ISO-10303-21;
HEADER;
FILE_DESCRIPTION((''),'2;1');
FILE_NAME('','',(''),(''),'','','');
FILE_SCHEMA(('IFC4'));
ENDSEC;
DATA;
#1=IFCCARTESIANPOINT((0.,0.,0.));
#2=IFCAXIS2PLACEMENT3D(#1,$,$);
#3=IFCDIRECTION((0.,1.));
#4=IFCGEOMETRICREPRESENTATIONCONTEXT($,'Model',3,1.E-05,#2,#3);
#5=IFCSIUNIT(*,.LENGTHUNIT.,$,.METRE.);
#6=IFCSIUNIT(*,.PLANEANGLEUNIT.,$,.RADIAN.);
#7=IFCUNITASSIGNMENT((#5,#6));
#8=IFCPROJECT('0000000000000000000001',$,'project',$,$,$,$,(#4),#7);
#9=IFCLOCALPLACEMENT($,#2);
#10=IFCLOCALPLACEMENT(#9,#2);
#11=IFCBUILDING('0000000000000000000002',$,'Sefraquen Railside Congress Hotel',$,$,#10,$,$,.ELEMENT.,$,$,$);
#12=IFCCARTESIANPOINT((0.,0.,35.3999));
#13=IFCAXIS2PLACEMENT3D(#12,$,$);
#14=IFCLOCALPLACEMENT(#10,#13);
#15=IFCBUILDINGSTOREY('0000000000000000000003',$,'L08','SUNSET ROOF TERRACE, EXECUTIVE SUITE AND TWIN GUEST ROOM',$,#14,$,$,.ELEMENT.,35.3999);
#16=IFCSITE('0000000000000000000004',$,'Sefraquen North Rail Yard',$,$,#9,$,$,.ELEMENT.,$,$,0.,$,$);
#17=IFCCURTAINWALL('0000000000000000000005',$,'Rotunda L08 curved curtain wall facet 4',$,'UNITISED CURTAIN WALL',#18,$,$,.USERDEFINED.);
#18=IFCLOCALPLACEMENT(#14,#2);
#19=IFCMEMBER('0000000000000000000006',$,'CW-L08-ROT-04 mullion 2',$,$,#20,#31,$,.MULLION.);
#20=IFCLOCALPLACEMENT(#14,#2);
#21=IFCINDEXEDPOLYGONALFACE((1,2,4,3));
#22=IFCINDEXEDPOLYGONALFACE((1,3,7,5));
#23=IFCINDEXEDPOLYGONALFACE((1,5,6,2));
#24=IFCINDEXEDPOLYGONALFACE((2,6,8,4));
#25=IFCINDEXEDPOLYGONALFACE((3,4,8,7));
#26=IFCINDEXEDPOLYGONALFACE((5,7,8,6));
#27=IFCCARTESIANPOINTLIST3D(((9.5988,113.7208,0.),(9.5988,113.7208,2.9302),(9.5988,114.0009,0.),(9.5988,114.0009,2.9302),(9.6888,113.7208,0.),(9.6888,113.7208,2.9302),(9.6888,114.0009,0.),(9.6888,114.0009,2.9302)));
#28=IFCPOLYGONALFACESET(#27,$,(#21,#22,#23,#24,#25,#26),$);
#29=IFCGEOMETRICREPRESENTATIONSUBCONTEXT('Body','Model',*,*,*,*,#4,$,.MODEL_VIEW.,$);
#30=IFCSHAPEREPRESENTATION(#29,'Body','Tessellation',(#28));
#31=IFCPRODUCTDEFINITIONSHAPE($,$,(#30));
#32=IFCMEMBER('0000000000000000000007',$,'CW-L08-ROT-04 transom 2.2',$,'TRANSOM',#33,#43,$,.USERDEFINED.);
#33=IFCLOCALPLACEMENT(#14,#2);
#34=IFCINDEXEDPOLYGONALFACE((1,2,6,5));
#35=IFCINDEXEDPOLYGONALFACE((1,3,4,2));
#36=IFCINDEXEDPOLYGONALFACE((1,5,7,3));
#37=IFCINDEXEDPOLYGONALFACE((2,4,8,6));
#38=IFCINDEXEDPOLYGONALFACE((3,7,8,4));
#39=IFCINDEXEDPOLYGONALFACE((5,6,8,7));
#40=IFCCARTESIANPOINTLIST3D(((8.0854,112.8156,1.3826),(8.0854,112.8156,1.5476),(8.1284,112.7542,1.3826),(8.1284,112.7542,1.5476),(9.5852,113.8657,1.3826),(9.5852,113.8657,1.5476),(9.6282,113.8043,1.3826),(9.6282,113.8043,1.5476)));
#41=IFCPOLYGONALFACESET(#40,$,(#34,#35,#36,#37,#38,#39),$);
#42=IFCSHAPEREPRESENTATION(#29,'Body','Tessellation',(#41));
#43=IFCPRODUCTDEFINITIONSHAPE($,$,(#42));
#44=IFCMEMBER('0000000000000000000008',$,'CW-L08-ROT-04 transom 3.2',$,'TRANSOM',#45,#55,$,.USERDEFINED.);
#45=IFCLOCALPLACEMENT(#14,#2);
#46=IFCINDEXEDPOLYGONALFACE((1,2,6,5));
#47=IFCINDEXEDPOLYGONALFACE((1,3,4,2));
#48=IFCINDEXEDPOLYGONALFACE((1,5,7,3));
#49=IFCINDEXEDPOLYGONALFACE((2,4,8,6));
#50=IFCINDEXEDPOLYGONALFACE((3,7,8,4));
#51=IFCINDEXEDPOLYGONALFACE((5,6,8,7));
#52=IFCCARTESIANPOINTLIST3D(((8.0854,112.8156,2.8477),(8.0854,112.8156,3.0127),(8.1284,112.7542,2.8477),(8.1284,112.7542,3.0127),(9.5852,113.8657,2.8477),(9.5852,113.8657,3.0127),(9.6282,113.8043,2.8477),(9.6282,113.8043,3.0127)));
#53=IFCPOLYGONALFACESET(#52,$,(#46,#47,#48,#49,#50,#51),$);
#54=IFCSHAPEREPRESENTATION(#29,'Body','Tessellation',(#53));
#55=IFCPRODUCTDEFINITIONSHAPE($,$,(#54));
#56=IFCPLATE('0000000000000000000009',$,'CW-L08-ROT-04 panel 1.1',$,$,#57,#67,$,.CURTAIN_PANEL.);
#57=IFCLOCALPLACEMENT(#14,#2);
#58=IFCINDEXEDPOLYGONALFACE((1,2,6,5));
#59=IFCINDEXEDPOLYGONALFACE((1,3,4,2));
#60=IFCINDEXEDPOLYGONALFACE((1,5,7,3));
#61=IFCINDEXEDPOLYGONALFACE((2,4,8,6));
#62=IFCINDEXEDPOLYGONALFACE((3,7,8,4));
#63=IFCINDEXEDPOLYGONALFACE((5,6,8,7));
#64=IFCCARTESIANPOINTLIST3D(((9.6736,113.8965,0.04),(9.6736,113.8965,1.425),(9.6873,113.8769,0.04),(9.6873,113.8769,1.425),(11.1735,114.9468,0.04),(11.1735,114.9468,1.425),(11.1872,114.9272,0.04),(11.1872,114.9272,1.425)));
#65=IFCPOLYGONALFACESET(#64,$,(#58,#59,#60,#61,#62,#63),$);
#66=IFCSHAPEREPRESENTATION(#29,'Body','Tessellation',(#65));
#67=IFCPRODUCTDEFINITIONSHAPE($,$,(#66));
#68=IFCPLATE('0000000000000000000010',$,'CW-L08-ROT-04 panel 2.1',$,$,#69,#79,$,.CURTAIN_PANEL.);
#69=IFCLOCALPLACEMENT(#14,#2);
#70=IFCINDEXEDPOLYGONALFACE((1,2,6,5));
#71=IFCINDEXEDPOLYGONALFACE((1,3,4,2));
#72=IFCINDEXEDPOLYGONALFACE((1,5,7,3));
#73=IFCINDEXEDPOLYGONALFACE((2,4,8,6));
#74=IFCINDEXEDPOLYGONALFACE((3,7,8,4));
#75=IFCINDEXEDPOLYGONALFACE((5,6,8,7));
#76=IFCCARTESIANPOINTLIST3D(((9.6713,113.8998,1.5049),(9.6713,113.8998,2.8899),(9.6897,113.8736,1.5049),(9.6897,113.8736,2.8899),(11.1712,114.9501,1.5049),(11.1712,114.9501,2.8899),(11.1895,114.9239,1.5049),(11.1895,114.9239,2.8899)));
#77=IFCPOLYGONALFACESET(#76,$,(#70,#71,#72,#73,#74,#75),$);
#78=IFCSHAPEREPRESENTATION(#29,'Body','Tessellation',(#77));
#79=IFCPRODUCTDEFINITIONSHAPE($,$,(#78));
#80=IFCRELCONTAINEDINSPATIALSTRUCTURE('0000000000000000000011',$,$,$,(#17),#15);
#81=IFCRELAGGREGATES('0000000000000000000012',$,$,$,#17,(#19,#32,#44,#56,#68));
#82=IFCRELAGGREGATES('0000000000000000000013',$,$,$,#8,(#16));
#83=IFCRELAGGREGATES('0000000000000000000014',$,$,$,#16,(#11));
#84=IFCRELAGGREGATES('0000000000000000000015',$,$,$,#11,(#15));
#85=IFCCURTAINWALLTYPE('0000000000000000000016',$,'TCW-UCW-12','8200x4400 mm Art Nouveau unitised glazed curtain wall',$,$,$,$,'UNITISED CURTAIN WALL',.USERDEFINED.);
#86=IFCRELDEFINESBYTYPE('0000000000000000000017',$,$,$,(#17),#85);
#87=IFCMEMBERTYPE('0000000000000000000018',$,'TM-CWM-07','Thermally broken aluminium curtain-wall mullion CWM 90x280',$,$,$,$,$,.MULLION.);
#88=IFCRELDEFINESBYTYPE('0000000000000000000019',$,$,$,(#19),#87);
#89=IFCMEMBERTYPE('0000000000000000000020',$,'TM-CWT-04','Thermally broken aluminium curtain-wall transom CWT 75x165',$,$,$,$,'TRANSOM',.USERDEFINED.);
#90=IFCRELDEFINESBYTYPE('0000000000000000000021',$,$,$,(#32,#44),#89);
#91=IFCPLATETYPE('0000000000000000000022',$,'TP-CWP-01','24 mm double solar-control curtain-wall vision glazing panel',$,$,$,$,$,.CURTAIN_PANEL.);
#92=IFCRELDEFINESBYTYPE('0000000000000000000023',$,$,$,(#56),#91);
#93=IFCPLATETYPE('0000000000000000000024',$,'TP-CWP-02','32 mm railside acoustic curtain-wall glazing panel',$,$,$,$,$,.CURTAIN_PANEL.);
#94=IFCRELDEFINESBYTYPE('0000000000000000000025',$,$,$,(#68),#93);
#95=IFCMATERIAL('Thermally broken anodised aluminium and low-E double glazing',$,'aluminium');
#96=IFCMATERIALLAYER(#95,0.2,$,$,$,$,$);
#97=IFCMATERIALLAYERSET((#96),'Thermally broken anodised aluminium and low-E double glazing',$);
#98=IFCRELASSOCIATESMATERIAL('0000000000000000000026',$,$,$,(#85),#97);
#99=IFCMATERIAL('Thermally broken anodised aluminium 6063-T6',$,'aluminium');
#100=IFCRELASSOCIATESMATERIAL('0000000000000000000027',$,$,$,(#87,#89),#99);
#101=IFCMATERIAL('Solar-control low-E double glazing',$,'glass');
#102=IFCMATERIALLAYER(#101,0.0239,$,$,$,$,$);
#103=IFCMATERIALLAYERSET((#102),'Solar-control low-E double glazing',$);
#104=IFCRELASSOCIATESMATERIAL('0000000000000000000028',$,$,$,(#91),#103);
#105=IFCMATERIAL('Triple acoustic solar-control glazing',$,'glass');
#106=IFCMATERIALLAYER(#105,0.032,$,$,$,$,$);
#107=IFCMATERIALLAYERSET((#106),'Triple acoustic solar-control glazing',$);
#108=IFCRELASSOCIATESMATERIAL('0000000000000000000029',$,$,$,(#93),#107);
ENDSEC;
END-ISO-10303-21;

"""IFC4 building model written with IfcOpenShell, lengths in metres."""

from ifc_helpers import new_model, si_unit, direction, frame, origin, origin_2d, place, context, subcontext, project, spatial, rectangle, extrude, material, layer, layer_set, material_profile, profile_set, type_object, element, aggregate, save


model = new_model("IFC4")

# Units and contexts
model_context = context("Model", 3, precision=1e-05, world=origin(), true_north=direction((0.0, 1.0)))
body_context = subcontext(model_context, "Body", "Model", "MODEL_VIEW")
ifc_project = project(units=[si_unit("LENGTHUNIT", "METRE"), si_unit("PLANEANGLEUNIT", "RADIAN")], contexts=[model_context])

# Site, building, storey
site_placement = place(None, origin())
site = spatial("IfcSite", under=ifc_project, at=site_placement, Name="Sefraquen North Rail Yard", CompositionType="ELEMENT", RefElevation=0.0)
building_placement = place(site_placement, origin())
building = spatial("IfcBuilding", under=site, at=building_placement, Name="Sefraquen Railside Congress Hotel", CompositionType="ELEMENT")
storey_placement = place(building_placement, frame((0.0, 0.0, 35.3999)))
storey = spatial("IfcBuildingStorey", under=building, at=storey_placement, Name="L08", Description="SUNSET ROOF TERRACE, EXECUTIVE SUITE AND TWIN GUEST ROOM", CompositionType="ELEMENT", Elevation=35.3999)

# Curtain wall, members, plates
ifc_material_1 = material(Name="Thermally broken anodised aluminium and low-E double glazing", Category="aluminium")
ifc_layer_1 = layer(ifc_material_1, 0.2)
ifc_layer_set_1 = layer_set([ifc_layer_1], Name="Thermally broken anodised aluminium and low-E double glazing")
curtain_wall_type = type_object("IfcCurtainWallType", Name="TCW-UCW-12", Description="8200x4400 mm Art Nouveau unitised glazed curtain wall", ElementType="UNITISED CURTAIN WALL", PredefinedType="USERDEFINED", material=ifc_layer_set_1)
curtain_wall_placement = place(storey_placement, origin())
curtain_wall = element("IfcCurtainWall", 1, at=curtain_wall_placement, inside=storey, type_object=curtain_wall_type, Name="Rotunda L08 curved curtain wall facet 4", ObjectType="UNITISED CURTAIN WALL", PredefinedType="USERDEFINED")
ifc_material_2 = material(Name="Thermally broken anodised aluminium 6063-T6", Category="aluminium")
ifc_material_profile_1 = material_profile(ifc_material_2, rectangle(XDim=0.0901, YDim=0.28, at=origin_2d()), Name="CWM 90x280")
ifc_profile_set_1 = profile_set([ifc_material_profile_1], Name="Thermally broken anodised aluminium 6063-T6")
member_type_1 = type_object("IfcMemberType", Name="TM-CWM-07", Description="Thermally broken aluminium curtain-wall mullion CWM 90x280", PredefinedType="MULLION", material=ifc_profile_set_1)
member_1_placement = place(storey_placement, frame((9.6438, 113.8608, 0.0), z_axis=(0.0, 0.0, 1.0), x_axis=(1.0, 0.0, 0.0)))
member_1 = element("IfcMember", 2, at=member_1_placement, type_object=member_type_1, Name="CW-L08-ROT-04 mullion 2", PredefinedType="MULLION", context=body_context, shape_type="SweptSolid", body=[
    extrude(rectangle(XDim=0.0901, YDim=0.28, at=origin_2d()), origin(), (0.0, 0.0, 1.0), 2.9302),
])
ifc_material_profile_2 = material_profile(ifc_material_2, rectangle(XDim=0.075, YDim=0.165, at=origin_2d()), Name="CWT 75x165")
ifc_profile_set_2 = profile_set([ifc_material_profile_2], Name="Thermally broken anodised aluminium 6063-T6")
member_type_2 = type_object("IfcMemberType", Name="TM-CWT-04", Description="Thermally broken aluminium curtain-wall transom CWT 75x165", ElementType="TRANSOM", PredefinedType="USERDEFINED", material=ifc_profile_set_2)
member_2_placement = place(storey_placement, frame((9.6067, 113.835, 1.4651), z_axis=(-0.819176, -0.573543, 0.0), x_axis=(0.573543, -0.819176, 0.0)))
member_2 = element("IfcMember", 3, at=member_2_placement, type_object=member_type_2, Name="CW-L08-ROT-04 transom 2.2", ObjectType="TRANSOM", PredefinedType="USERDEFINED", context=body_context, shape_type="SweptSolid", body=[
    extrude(rectangle(XDim=0.075, YDim=0.165, at=origin_2d()), origin(), (0.0, 0.0, 1.0), 1.8308),
])
member_3_placement = place(storey_placement, frame((9.6067, 113.835, 2.9302), z_axis=(-0.819176, -0.573543, 0.0), x_axis=(0.573543, -0.819176, 0.0)))
member_3 = element("IfcMember", 4, at=member_3_placement, type_object=member_type_2, Name="CW-L08-ROT-04 transom 3.2", ObjectType="TRANSOM", PredefinedType="USERDEFINED", context=body_context, shape_type="SweptSolid", body=[
    extrude(rectangle(XDim=0.075, YDim=0.165, at=origin_2d()), origin(), (0.0, 0.0, 1.0), 1.8308),
])
ifc_material_3 = material(Name="Solar-control low-E double glazing", Category="glass")
ifc_layer_2 = layer(ifc_material_3, 0.0239)
ifc_layer_set_2 = layer_set([ifc_layer_2], Name="Solar-control low-E double glazing")
plate_type_1 = type_object("IfcPlateType", Name="TP-CWP-01", Description="24 mm double solar-control curtain-wall vision glazing panel", PredefinedType="CURTAIN_PANEL", material=ifc_layer_set_2)
plate_1_placement = place(storey_placement, frame((10.4304, 114.4119, 0.04), z_axis=(0.0, 0.0, 1.0), x_axis=(-0.819132, -0.573605, 0.0)))
plate_1 = element("IfcPlate", 5, at=plate_1_placement, type_object=plate_type_1, Name="CW-L08-ROT-04 panel 1.1", PredefinedType="CURTAIN_PANEL", context=body_context, shape_type="SweptSolid", body=[
    extrude(rectangle(XDim=1.8311, YDim=0.0239, at=origin_2d()), origin(), (0.0, 0.0, 1.0), 1.385),
])
ifc_material_4 = material(Name="Triple acoustic solar-control glazing", Category="glass")
ifc_layer_3 = layer(ifc_material_4, 0.032)
ifc_layer_set_3 = layer_set([ifc_layer_3], Name="Triple acoustic solar-control glazing")
plate_type_2 = type_object("IfcPlateType", Name="TP-CWP-02", Description="32 mm railside acoustic curtain-wall glazing panel", PredefinedType="CURTAIN_PANEL", material=ifc_layer_set_3)
plate_2_placement = place(storey_placement, frame((10.4304, 114.4119, 1.5049), z_axis=(0.0, 0.0, 1.0), x_axis=(-0.819132, -0.573605, 0.0)))
plate_2 = element("IfcPlate", 6, at=plate_2_placement, type_object=plate_type_2, Name="CW-L08-ROT-04 panel 2.1", PredefinedType="CURTAIN_PANEL", context=body_context, shape_type="SweptSolid", body=[
    extrude(rectangle(XDim=1.8311, YDim=0.032, at=origin_2d()), origin(), (0.0, 0.0, 1.0), 1.385),
])
aggregate(curtain_wall, [member_1, member_2, member_3, plate_1, plate_2])

save(model, "model.ifc")
